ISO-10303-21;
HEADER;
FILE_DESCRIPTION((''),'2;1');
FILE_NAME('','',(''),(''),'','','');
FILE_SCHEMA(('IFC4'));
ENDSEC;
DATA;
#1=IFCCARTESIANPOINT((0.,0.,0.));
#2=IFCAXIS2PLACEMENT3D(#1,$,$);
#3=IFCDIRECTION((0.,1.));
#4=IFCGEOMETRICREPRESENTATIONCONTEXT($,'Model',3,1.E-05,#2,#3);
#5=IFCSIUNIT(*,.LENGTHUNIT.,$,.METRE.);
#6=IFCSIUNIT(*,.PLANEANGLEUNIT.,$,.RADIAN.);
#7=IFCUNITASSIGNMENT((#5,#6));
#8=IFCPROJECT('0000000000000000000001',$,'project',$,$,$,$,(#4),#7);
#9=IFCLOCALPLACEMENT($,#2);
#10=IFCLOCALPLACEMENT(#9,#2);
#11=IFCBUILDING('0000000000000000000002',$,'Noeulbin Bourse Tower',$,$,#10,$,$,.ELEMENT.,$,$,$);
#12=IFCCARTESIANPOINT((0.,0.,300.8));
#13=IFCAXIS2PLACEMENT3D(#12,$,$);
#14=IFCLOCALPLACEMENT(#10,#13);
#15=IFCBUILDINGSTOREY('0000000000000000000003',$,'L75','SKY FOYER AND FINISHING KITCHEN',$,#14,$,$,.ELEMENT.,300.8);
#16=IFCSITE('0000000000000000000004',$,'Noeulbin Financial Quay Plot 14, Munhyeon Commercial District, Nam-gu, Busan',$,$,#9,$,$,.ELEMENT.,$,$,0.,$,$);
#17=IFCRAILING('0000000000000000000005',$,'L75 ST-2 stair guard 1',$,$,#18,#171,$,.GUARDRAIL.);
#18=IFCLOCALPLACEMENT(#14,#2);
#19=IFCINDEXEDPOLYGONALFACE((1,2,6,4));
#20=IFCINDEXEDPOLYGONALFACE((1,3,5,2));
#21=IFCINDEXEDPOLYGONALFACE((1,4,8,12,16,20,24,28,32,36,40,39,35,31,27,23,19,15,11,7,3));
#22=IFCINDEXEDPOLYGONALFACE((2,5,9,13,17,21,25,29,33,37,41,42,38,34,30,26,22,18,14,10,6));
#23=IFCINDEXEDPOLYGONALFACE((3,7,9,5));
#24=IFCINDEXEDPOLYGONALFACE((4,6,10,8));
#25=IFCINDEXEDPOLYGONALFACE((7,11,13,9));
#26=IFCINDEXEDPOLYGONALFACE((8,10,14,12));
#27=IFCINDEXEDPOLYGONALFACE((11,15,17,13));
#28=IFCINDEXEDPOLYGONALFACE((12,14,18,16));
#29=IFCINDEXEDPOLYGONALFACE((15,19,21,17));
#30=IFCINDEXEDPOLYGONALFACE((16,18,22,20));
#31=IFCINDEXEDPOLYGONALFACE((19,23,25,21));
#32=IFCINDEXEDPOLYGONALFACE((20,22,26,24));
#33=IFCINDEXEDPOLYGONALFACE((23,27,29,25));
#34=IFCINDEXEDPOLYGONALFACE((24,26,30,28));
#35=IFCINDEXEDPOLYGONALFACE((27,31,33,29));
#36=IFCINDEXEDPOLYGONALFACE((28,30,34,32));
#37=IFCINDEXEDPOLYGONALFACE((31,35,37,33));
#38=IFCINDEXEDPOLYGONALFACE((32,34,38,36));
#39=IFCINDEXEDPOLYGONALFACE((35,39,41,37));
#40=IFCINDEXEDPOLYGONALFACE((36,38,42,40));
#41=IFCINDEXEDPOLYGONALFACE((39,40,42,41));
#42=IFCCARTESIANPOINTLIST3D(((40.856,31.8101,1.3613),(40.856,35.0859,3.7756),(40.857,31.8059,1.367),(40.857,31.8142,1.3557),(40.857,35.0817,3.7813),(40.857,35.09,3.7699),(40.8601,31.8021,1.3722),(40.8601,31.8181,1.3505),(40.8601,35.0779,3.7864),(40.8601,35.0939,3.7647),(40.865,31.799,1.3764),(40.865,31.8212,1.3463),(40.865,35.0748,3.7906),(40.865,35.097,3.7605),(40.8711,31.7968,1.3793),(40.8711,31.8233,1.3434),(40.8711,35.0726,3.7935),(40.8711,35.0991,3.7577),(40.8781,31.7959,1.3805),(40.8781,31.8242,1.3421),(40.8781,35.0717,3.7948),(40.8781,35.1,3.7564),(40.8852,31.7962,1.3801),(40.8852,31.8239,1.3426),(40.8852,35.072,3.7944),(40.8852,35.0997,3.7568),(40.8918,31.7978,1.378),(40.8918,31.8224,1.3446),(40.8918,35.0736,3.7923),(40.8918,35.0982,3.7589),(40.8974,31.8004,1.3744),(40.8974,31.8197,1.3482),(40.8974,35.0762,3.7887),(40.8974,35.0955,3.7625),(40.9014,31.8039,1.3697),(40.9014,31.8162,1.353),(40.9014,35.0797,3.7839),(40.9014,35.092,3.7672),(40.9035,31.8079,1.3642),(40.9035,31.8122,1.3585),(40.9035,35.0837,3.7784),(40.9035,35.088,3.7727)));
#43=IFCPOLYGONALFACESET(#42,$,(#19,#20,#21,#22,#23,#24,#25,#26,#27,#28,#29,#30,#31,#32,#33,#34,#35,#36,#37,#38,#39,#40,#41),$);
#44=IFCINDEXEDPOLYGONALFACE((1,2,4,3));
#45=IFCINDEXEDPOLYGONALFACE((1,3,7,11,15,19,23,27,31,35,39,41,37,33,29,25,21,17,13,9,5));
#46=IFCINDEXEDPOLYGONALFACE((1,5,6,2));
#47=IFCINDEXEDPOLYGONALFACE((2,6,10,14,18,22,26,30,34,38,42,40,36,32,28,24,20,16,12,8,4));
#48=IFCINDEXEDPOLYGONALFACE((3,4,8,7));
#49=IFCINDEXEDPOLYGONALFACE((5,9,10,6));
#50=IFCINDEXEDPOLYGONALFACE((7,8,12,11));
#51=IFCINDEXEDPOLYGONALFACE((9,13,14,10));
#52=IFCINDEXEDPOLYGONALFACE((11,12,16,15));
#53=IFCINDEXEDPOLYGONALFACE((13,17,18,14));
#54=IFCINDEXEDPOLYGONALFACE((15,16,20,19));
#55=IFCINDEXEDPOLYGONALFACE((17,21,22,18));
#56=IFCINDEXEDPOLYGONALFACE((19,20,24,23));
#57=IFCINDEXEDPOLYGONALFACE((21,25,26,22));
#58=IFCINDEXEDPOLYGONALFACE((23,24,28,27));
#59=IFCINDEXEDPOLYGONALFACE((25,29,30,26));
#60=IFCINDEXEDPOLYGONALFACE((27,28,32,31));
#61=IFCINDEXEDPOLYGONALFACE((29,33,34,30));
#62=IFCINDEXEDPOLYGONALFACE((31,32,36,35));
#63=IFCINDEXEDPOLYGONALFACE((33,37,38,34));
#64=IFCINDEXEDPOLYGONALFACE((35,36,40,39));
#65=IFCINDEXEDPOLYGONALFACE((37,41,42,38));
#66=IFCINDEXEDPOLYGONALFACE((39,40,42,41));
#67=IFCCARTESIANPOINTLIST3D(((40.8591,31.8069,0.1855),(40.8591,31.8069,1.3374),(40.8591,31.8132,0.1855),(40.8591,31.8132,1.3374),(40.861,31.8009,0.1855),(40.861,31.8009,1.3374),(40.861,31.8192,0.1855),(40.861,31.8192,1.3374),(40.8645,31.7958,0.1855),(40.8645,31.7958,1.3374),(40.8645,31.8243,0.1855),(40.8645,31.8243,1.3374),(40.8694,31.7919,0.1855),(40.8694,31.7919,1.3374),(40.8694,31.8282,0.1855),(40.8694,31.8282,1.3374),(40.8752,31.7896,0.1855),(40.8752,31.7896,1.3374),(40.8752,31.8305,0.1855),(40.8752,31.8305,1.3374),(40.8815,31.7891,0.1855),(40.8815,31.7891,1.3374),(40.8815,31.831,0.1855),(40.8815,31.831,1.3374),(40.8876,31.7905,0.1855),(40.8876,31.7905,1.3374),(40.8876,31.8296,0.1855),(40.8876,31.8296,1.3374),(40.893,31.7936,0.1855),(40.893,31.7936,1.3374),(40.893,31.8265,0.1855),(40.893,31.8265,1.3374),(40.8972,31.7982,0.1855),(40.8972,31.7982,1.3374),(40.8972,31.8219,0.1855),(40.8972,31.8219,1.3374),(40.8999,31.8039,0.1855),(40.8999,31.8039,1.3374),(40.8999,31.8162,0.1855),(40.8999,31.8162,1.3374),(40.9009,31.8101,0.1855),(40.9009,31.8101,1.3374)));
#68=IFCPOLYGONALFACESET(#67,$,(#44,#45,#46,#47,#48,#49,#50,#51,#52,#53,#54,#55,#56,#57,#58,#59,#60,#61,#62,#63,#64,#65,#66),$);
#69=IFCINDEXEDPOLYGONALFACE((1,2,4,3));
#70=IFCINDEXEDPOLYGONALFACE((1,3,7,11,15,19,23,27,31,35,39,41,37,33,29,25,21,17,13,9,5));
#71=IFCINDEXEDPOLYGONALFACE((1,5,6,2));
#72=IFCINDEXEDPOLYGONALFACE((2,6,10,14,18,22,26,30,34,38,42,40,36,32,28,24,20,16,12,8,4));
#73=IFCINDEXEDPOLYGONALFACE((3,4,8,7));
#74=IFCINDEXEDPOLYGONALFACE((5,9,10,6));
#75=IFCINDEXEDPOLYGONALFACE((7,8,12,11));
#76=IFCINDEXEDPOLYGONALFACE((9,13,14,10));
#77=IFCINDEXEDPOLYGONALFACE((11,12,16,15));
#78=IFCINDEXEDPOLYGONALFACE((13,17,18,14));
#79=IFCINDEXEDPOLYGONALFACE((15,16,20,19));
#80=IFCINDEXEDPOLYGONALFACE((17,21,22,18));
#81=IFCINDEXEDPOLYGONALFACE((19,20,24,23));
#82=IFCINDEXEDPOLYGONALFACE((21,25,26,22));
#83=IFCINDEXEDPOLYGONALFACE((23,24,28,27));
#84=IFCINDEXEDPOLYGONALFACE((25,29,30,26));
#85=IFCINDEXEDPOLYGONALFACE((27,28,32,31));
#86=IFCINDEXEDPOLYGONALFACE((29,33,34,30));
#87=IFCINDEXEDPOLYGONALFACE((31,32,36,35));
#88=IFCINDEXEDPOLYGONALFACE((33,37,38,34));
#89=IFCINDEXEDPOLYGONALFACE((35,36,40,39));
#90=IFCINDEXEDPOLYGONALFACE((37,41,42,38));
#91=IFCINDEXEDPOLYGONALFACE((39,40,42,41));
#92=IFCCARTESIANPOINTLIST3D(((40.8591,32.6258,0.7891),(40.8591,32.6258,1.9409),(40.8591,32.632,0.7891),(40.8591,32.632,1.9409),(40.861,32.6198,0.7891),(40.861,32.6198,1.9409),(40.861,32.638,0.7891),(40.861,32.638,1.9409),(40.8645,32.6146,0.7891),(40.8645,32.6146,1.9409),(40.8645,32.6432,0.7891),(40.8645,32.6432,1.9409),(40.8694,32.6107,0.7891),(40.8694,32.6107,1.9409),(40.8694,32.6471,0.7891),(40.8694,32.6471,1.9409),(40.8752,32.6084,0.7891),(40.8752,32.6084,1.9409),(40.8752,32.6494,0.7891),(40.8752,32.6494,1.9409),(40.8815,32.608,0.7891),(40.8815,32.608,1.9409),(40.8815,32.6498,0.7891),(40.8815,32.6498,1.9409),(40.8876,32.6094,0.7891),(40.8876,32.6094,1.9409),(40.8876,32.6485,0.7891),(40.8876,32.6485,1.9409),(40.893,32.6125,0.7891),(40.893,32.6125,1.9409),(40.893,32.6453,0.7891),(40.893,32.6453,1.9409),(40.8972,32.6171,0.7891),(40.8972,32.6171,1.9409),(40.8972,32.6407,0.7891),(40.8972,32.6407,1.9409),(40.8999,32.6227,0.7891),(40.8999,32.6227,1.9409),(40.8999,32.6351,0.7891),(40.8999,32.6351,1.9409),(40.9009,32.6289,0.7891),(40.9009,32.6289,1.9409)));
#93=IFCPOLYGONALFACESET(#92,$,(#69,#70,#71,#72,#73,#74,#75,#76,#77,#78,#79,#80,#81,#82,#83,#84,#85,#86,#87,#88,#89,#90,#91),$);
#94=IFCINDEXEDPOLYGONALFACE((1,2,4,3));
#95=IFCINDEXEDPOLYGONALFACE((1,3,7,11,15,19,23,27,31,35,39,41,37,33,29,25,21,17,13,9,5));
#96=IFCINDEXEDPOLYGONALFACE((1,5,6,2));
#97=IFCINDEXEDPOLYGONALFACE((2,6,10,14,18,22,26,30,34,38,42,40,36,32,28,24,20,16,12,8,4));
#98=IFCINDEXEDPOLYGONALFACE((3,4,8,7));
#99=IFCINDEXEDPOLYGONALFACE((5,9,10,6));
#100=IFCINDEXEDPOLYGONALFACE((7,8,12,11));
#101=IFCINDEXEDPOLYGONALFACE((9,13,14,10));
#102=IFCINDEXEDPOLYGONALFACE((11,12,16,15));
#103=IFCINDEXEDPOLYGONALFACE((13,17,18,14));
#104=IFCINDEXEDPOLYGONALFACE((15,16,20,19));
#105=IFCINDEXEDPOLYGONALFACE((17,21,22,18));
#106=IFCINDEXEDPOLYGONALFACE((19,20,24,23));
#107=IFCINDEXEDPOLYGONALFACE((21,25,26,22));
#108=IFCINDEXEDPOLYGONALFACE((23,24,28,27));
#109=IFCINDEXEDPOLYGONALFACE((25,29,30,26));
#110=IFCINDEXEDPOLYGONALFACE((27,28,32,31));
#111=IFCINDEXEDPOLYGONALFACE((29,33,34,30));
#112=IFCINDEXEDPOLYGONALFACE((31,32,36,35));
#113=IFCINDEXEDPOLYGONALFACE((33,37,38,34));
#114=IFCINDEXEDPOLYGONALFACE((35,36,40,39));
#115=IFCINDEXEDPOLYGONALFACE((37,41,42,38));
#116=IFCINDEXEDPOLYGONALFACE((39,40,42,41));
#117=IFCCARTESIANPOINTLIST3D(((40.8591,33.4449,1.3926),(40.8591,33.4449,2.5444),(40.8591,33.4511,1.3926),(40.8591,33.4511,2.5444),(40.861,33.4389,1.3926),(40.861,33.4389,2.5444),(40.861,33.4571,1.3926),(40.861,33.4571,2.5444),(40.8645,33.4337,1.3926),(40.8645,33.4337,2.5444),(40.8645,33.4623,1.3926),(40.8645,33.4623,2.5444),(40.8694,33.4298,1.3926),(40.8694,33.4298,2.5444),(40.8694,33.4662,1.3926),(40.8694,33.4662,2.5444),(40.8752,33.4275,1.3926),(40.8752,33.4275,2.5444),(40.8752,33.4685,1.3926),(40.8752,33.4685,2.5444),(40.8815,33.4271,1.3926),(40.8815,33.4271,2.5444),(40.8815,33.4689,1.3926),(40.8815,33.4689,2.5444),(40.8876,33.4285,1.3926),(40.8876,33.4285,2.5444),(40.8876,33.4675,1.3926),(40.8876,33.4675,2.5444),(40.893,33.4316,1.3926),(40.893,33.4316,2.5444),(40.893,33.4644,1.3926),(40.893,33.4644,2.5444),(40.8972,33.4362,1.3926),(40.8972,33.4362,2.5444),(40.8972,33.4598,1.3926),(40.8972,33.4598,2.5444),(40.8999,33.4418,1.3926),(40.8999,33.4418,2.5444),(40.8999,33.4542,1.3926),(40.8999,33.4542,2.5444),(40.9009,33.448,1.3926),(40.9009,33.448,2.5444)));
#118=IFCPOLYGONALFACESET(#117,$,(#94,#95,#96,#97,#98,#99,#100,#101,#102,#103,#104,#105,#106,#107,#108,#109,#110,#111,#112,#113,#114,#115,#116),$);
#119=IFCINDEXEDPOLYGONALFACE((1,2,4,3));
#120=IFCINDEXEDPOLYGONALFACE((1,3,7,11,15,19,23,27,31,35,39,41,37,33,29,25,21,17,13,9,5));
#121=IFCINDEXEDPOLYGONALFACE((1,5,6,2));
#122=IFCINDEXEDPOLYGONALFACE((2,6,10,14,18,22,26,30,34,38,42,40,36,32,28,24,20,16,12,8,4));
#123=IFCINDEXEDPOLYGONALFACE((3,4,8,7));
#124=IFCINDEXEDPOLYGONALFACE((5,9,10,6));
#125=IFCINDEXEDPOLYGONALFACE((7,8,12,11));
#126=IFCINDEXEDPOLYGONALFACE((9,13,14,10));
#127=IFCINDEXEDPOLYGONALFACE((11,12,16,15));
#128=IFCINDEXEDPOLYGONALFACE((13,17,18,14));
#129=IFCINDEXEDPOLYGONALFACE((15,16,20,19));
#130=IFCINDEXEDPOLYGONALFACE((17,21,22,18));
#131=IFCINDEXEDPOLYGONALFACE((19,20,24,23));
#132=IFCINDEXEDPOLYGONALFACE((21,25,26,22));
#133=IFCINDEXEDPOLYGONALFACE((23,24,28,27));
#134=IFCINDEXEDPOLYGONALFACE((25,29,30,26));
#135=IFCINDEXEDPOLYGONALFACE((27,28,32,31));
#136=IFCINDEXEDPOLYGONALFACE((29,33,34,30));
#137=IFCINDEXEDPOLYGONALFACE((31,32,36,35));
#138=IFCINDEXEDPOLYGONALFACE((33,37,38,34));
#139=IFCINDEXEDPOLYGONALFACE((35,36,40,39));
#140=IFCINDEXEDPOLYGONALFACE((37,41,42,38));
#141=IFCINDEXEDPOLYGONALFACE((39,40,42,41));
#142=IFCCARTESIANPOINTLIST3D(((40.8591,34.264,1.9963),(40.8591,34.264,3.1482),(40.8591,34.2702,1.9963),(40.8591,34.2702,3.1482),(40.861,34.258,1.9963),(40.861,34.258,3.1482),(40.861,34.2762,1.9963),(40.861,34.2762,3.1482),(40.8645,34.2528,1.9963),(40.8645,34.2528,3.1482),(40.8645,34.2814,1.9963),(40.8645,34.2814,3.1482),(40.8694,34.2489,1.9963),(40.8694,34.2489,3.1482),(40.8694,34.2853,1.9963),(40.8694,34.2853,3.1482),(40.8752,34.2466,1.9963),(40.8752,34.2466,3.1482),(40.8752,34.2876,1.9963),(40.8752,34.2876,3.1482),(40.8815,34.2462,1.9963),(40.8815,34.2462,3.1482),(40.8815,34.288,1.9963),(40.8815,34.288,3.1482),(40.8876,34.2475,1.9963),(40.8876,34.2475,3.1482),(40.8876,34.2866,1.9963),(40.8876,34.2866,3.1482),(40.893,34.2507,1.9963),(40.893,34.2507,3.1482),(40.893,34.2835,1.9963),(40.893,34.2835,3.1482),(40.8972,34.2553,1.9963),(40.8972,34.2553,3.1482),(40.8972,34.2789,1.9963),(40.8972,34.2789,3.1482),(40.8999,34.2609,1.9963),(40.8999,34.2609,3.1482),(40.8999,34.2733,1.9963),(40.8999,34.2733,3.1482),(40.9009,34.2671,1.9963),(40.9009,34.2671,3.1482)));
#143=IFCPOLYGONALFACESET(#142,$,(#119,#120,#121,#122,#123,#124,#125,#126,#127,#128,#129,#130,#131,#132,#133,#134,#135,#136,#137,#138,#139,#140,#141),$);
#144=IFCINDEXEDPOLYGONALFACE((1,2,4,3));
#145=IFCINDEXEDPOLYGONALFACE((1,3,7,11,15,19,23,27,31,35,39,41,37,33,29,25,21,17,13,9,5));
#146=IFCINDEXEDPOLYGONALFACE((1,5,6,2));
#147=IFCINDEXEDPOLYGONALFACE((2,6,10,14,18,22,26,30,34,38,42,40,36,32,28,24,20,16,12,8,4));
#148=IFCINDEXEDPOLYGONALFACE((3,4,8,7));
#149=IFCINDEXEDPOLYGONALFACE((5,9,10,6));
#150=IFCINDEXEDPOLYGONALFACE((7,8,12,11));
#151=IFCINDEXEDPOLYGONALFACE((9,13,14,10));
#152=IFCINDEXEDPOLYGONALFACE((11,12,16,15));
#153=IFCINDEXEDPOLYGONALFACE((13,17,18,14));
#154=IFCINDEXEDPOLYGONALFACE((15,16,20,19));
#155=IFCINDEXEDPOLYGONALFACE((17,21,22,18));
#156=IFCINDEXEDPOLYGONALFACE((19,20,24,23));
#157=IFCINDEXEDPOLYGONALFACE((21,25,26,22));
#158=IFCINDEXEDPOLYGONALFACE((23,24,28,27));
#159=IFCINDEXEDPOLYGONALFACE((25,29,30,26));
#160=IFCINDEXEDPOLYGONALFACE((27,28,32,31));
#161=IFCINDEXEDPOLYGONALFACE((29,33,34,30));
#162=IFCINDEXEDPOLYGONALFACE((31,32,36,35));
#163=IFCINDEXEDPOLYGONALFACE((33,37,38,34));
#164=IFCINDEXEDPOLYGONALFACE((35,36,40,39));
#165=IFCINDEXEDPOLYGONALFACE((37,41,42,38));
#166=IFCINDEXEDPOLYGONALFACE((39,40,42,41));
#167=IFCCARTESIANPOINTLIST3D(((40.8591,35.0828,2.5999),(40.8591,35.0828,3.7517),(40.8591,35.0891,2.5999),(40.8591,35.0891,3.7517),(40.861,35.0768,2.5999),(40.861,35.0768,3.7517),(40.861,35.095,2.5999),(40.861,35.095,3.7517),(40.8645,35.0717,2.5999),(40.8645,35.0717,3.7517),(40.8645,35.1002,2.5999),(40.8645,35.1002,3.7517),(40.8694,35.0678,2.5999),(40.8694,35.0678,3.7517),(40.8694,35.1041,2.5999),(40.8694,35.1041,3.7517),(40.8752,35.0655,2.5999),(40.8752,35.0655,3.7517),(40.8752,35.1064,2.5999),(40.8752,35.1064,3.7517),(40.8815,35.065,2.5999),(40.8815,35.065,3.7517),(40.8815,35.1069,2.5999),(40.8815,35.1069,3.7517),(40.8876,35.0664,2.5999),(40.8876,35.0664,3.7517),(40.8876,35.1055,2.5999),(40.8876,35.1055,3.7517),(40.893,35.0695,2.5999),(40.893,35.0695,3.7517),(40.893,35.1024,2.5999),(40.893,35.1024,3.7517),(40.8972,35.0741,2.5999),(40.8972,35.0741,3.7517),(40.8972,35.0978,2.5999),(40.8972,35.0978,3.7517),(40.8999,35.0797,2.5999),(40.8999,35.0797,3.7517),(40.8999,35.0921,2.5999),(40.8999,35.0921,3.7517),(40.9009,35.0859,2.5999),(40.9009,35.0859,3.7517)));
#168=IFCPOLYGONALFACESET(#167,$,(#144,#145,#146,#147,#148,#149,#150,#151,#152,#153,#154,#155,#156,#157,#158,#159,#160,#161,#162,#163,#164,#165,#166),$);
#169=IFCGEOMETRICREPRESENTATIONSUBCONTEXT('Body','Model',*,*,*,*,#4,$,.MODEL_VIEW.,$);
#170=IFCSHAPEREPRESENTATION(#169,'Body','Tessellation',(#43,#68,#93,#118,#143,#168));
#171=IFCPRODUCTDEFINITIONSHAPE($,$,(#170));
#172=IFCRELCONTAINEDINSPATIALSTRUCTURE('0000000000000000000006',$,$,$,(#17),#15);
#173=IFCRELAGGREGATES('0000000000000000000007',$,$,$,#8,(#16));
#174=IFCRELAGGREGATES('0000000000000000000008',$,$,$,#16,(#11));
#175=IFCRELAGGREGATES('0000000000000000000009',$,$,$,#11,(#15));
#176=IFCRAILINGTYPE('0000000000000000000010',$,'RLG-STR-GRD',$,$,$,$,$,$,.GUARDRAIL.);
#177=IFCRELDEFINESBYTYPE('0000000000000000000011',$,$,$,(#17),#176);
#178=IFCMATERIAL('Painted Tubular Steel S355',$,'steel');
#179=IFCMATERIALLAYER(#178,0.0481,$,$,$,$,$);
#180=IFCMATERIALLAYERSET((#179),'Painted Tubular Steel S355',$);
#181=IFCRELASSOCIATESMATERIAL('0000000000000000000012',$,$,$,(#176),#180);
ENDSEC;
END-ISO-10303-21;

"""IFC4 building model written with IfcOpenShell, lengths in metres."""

from ifc_helpers import new_model, si_unit, direction, frame, origin, origin_2d, place, context, subcontext, project, spatial, circle, extrude, material, layer, layer_set, type_object, element, save


model = new_model("IFC4")

# Units and contexts
model_context = context("Model", 3, precision=1e-05, world=origin(), true_north=direction((0.0, 1.0)))
body_context = subcontext(model_context, "Body", "Model", "MODEL_VIEW")
ifc_project = project(units=[si_unit("LENGTHUNIT", "METRE"), si_unit("PLANEANGLEUNIT", "RADIAN")], contexts=[model_context])

# Site, building, storey
site_placement = place(None, origin())
site = spatial("IfcSite", under=ifc_project, at=site_placement, Name="Noeulbin Financial Quay Plot 14, Munhyeon Commercial District, Nam-gu, Busan", CompositionType="ELEMENT", RefElevation=0.0)
building_placement = place(site_placement, origin())
building = spatial("IfcBuilding", under=site, at=building_placement, Name="Noeulbin Bourse Tower", CompositionType="ELEMENT")
storey_placement = place(building_placement, frame((0.0, 0.0, 300.8)))
storey = spatial("IfcBuildingStorey", under=building, at=storey_placement, Name="L75", Description="SKY FOYER AND FINISHING KITCHEN", CompositionType="ELEMENT", Elevation=300.8)

# Railing
ifc_material_1 = material(Name="Painted Tubular Steel S355", Category="steel")
ifc_layer_1 = layer(ifc_material_1, 0.0481)
ifc_layer_set_1 = layer_set([ifc_layer_1], Name="Painted Tubular Steel S355")
railing_type = type_object("IfcRailingType", Name="RLG-STR-GRD", PredefinedType="GUARDRAIL", material=ifc_layer_set_1)
railing_1_placement = place(storey_placement, frame((40.8799, 31.8101, 0.1855)))
element("IfcRailing", 1, at=railing_1_placement, inside=storey, type_object=railing_type, Name="L75 ST-2 stair guard 1", PredefinedType="GUARDRAIL", context=body_context, shape_type="SweptSolid", body=[
    extrude(circle(Radius=0.0239, at=origin_2d()), frame((0.0, 0.0, 1.1758), z_axis=(0.0, 0.804997, 0.593279), x_axis=(-1.0, 0.0, 0.0)), (0.0, 0.0, 1.0), 4.0693),
    extrude(circle(Radius=0.021, at=origin_2d()), origin(), (0.0, 0.0, 1.0), 1.1519),
    extrude(circle(Radius=0.021, at=origin_2d()), frame((0.0, 0.8188, 0.6035)), (0.0, 0.0, 1.0), 1.1519),
    extrude(circle(Radius=0.021, at=origin_2d()), frame((0.0, 1.6379, 1.207)), (0.0, 0.0, 1.0), 1.1519),
    extrude(circle(Radius=0.021, at=origin_2d()), frame((0.0, 2.457, 1.8108)), (0.0, 0.0, 1.0), 1.1519),
    extrude(circle(Radius=0.021, at=origin_2d()), frame((0.0, 3.2759, 2.4143)), (0.0, 0.0, 1.0), 1.1519),
])

save(model, "model.ifc")
